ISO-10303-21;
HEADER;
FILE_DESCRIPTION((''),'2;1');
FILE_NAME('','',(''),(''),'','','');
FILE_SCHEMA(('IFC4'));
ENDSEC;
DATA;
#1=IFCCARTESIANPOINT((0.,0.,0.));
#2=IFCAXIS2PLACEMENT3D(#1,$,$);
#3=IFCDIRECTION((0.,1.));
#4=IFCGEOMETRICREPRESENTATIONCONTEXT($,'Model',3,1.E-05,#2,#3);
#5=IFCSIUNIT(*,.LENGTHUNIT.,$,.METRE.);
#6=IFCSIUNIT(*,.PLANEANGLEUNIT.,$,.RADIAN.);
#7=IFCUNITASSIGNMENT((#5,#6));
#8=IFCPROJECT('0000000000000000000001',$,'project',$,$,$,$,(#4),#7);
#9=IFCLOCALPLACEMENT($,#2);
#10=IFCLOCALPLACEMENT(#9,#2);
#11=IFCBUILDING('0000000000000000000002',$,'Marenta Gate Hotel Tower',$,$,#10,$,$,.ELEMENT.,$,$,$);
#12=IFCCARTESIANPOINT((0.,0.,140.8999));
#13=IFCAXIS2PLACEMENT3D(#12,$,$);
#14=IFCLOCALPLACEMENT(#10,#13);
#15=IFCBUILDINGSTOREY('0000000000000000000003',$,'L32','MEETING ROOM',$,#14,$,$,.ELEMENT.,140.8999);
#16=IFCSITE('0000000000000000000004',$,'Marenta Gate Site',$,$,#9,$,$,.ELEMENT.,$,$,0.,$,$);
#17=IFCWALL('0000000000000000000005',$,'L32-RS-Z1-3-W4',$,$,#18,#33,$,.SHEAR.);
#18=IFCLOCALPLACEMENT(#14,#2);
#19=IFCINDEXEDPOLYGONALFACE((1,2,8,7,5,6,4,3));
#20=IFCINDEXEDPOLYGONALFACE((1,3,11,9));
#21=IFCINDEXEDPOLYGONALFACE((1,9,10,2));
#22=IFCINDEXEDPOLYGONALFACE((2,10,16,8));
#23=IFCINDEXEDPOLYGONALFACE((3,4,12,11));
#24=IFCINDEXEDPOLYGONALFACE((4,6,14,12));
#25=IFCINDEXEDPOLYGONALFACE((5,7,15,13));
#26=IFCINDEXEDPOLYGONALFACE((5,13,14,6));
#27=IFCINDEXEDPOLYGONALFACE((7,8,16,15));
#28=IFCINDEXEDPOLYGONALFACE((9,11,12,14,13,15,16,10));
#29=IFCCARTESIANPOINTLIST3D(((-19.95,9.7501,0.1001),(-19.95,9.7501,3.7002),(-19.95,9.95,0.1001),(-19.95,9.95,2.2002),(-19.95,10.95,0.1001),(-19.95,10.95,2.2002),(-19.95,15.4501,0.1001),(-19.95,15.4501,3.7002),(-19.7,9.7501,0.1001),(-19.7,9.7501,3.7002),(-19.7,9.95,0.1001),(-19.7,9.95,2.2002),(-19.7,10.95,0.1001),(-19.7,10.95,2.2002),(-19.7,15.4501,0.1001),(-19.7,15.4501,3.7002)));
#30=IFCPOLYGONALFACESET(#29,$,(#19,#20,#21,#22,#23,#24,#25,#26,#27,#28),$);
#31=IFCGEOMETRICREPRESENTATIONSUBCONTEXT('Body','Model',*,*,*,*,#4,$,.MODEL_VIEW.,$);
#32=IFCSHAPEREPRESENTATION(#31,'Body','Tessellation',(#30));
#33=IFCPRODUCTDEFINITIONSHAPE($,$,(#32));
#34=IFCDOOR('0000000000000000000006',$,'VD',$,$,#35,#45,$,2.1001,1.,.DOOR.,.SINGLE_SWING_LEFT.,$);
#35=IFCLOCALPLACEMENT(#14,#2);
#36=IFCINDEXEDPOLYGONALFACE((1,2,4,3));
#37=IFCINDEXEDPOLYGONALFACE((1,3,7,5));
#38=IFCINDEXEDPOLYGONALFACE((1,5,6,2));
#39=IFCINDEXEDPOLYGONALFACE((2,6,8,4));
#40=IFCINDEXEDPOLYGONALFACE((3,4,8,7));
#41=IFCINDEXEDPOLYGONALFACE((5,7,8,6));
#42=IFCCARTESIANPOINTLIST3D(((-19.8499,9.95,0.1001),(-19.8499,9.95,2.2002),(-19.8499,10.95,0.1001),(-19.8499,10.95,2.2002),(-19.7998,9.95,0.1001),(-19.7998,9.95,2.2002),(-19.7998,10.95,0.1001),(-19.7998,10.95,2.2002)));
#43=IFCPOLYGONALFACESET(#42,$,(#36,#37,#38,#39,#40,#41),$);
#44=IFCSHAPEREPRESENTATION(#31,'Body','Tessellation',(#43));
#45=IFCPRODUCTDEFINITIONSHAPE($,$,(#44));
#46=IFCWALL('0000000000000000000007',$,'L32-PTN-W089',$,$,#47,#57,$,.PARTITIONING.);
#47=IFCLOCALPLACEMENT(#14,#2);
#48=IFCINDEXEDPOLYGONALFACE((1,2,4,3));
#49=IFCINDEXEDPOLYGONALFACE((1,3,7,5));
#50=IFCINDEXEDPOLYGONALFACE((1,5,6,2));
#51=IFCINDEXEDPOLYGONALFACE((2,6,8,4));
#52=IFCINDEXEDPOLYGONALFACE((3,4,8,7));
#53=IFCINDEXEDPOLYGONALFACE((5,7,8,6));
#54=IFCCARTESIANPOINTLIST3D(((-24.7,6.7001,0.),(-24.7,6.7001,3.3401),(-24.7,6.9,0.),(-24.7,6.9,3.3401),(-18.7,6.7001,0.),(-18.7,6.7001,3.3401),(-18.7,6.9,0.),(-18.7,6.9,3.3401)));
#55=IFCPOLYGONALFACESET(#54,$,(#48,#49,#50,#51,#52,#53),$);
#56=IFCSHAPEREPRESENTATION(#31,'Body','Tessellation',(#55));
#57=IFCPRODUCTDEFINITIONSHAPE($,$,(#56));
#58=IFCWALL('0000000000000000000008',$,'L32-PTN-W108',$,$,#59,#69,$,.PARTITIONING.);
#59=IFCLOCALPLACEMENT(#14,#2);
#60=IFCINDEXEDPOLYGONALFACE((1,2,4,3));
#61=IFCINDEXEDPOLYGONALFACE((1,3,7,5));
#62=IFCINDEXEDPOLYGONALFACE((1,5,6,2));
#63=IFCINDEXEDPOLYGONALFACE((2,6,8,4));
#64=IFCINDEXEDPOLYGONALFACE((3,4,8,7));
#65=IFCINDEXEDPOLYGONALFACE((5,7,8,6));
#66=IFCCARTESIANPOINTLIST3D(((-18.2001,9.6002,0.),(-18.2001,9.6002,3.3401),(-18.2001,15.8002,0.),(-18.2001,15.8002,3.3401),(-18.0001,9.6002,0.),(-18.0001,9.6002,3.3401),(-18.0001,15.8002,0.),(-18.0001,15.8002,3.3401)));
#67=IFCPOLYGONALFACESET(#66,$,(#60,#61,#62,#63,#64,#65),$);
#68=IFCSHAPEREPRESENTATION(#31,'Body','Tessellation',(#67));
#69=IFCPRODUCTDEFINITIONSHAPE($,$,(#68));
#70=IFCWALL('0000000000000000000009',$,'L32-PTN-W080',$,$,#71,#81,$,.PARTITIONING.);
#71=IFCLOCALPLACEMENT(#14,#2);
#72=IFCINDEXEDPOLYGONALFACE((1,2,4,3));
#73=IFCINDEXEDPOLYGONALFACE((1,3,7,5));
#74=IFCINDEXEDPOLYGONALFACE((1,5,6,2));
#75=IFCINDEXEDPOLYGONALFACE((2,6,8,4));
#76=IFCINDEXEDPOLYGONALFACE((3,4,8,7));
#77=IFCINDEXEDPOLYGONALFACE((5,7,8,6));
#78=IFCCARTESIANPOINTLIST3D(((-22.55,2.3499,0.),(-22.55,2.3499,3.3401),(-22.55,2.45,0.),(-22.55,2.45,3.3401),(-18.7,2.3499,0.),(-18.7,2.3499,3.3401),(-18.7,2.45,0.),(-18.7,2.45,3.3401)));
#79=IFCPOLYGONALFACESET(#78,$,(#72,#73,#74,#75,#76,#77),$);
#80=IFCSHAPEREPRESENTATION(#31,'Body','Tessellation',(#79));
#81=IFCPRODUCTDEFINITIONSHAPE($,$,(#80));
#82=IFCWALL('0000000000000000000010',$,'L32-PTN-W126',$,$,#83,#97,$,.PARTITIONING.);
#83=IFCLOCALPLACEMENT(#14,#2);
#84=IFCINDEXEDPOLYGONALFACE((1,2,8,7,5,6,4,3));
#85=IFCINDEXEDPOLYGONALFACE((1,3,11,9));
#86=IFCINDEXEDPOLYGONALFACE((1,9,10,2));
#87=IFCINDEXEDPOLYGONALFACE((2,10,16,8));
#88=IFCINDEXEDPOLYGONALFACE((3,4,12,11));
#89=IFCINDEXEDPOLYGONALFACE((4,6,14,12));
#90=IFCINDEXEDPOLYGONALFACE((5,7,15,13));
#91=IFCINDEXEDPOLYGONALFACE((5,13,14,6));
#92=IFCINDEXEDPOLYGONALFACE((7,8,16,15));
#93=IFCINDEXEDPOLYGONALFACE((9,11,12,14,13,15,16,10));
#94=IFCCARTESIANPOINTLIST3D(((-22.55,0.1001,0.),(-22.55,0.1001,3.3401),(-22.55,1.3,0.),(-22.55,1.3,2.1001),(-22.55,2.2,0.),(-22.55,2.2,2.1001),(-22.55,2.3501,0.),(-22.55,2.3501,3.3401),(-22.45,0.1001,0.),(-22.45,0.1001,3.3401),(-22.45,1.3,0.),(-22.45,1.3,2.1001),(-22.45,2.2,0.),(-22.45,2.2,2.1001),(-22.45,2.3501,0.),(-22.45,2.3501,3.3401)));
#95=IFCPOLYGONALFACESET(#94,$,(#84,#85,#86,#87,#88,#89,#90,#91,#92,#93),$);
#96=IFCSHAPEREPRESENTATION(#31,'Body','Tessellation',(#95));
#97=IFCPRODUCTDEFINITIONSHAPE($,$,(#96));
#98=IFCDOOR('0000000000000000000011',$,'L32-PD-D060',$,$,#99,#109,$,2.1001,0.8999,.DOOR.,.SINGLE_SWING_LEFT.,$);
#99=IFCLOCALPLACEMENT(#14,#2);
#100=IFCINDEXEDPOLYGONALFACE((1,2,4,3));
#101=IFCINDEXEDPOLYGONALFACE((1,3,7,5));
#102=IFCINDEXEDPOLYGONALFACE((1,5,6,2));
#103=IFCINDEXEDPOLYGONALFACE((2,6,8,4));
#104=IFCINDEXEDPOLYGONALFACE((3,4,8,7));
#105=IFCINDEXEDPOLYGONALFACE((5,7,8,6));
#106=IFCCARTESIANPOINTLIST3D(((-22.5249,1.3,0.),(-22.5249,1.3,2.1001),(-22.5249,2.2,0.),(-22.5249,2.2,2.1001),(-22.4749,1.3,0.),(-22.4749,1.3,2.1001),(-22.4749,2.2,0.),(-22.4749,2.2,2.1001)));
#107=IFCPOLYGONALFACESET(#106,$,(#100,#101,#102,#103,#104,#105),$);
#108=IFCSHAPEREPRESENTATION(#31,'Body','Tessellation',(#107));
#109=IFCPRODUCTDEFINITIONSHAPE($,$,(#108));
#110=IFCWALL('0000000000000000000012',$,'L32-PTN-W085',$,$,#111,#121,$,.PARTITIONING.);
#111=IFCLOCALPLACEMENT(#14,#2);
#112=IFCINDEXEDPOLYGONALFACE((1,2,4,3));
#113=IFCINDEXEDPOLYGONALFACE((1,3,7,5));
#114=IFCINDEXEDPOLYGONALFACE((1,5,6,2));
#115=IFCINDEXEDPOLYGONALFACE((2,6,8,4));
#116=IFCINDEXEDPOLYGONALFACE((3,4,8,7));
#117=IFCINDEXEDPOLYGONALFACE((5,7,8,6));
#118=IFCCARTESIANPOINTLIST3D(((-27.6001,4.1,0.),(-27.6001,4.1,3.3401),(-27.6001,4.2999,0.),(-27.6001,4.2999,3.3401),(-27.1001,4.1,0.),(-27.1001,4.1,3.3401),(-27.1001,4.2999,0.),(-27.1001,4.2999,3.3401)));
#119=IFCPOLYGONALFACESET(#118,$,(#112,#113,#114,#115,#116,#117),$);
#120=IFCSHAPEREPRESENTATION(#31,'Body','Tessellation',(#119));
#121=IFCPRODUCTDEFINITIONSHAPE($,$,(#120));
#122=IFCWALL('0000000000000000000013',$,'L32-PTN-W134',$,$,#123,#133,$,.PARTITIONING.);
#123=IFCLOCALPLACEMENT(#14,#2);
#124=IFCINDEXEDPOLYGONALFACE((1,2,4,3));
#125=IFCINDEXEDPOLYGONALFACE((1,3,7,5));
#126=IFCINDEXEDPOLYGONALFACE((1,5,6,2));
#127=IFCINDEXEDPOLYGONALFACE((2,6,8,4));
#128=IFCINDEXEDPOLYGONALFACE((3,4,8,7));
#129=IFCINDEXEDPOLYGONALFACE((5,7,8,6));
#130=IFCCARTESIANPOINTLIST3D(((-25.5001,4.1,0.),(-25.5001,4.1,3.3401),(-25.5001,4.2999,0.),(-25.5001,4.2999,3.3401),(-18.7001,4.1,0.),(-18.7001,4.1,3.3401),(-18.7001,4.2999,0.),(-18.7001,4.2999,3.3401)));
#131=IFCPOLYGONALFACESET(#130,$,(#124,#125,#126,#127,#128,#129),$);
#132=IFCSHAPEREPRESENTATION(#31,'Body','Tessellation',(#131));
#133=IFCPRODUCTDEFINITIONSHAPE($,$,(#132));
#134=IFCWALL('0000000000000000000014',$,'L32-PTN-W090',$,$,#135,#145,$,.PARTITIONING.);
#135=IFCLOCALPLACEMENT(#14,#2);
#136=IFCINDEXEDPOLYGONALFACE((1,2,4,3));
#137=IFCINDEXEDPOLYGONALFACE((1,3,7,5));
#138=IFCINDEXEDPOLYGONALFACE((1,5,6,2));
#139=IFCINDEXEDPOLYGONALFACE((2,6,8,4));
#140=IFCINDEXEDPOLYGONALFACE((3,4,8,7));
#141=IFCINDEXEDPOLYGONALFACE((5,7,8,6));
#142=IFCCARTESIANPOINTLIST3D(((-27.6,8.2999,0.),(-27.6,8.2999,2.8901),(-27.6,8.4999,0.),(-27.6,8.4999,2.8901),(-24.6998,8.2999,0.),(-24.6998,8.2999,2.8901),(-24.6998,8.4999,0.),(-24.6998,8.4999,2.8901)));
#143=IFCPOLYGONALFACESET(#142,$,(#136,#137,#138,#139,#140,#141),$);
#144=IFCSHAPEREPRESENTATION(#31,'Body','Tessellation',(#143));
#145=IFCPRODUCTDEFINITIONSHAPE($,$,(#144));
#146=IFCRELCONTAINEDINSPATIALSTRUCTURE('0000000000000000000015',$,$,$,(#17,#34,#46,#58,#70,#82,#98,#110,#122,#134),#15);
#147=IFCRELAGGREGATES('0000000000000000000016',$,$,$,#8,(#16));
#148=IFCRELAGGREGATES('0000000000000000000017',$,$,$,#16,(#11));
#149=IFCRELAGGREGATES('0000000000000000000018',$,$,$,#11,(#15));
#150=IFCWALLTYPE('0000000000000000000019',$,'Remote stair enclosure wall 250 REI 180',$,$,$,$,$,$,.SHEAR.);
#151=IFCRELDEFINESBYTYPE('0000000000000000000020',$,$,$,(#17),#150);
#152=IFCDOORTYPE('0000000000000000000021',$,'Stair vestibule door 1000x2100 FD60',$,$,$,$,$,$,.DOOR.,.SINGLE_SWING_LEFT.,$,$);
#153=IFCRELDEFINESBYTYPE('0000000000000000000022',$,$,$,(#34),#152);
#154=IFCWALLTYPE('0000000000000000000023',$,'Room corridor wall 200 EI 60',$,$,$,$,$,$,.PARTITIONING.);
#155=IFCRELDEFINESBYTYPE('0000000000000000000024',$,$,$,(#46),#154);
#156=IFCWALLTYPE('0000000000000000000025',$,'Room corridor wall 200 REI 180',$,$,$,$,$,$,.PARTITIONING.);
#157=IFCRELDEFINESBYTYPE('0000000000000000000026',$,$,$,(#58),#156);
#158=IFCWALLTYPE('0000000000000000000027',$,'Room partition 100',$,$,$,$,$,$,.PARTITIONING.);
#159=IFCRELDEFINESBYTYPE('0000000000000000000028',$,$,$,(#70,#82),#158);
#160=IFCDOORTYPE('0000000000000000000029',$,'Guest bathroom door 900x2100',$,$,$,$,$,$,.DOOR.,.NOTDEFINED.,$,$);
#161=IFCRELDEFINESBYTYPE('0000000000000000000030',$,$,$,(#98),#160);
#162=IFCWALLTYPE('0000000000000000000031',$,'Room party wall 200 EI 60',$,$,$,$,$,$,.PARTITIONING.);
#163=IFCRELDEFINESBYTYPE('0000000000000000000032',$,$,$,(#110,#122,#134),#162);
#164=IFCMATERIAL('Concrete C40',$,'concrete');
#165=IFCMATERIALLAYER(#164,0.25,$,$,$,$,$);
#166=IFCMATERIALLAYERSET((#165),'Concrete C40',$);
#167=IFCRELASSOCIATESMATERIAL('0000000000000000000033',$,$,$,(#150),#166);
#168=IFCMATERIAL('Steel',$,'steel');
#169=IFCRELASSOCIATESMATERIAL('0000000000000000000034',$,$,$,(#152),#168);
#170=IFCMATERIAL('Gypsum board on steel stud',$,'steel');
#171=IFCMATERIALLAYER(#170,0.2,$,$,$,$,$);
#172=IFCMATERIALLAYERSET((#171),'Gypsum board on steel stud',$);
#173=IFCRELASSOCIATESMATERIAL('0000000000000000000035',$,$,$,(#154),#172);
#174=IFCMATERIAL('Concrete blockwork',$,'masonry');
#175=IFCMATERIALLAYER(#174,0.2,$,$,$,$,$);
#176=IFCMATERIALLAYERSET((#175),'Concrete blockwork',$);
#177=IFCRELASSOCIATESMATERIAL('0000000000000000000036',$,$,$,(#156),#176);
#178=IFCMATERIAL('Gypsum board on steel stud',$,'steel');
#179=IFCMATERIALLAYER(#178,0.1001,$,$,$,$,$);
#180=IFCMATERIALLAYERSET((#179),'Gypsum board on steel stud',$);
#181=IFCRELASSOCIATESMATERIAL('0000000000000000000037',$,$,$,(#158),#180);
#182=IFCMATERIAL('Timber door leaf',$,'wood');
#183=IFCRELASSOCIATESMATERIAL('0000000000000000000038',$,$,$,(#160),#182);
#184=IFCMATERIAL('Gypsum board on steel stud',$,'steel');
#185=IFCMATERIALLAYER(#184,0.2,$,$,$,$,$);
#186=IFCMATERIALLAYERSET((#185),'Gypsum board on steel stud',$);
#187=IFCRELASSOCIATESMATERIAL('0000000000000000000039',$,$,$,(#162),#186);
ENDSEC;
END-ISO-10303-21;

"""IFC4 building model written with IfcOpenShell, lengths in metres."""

from ifc_helpers import new_model, si_unit, direction, frame, frame_2d, origin, place, context, subcontext, project, spatial, rectangle, extrude, material, layer, layer_set, type_object, element, fill, save


model = new_model("IFC4")

# Units and contexts
model_context = context("Model", 3, precision=1e-05, world=origin(), true_north=direction((0.0, 1.0)))
body_context = subcontext(model_context, "Body", "Model", "MODEL_VIEW")
ifc_project = project(units=[si_unit("LENGTHUNIT", "METRE"), si_unit("PLANEANGLEUNIT", "RADIAN")], contexts=[model_context])

# Site, building, storey
site_placement = place(None, origin())
site = spatial("IfcSite", under=ifc_project, at=site_placement, Name="Marenta Gate Site", CompositionType="ELEMENT", RefElevation=0.0)
building_placement = place(site_placement, origin())
building = spatial("IfcBuilding", under=site, at=building_placement, Name="Marenta Gate Hotel Tower", CompositionType="ELEMENT")
storey_placement = place(building_placement, frame((0.0, 0.0, 140.8999)))
storey = spatial("IfcBuildingStorey", under=building, at=storey_placement, Name="L32", Description="MEETING ROOM", CompositionType="ELEMENT", Elevation=140.8999)

# Shared definitions
ifc_material_1 = material(Name="Concrete C40", Category="concrete")
ifc_layer_1 = layer(ifc_material_1, 0.25)
ifc_layer_set_1 = layer_set([ifc_layer_1], Name="Concrete C40")
wall_type_1 = type_object("IfcWallType", Name="Remote stair enclosure wall 250 REI 180", PredefinedType="SHEAR", material=ifc_layer_set_1)

# Wall, opening, door
wall_1_placement = place(storey_placement, frame((-19.825, 9.75, 0.1001), z_axis=(0.0, 0.0, 1.0), x_axis=(0.0, 1.0, 0.0)))
wall_1 = element("IfcWall", 1, at=wall_1_placement, inside=storey, type_object=wall_type_1, Name="L32-RS-Z1-3-W4", PredefinedType="SHEAR", context=body_context, shape_type="SweptSolid", body=[
    extrude(rectangle(XDim=5.7, YDim=0.25, at=frame_2d((2.8501, 0.0))), origin(), (0.0, 0.0, 1.0), 3.6001),
])
opening_1_placement = place(wall_1_placement, frame((0.2, 0.0, 0.0)))
opening_1 = element("IfcOpeningElement", 2, at=opening_1_placement, cuts=wall_1, PredefinedType="OPENING", context=body_context, shape_type="SweptSolid", body=[
    extrude(rectangle(XDim=1.0, YDim=2.1001, at=frame_2d((0.5, 1.05))), frame((0.0, 0.125, 0.0), z_axis=(0.0, -1.0, 0.0), x_axis=(1.0, 0.0, 0.0)), (0.0, 0.0, 1.0), 0.25),
])
ifc_material_2 = material(Name="Steel", Category="steel")
door_type_1 = type_object("IfcDoorType", Name="Stair vestibule door 1000x2100 FD60", OperationType="SINGLE_SWING_LEFT", PredefinedType="DOOR", material=ifc_material_2)
door_1_placement = place(opening_1_placement, origin())
door_1 = element("IfcDoor", 3, at=door_1_placement, inside=storey, type_object=door_type_1, Name="VD", OperationType="SINGLE_SWING_LEFT", OverallHeight=2.1001, OverallWidth=1.0, PredefinedType="DOOR", context=body_context, shape_type="SweptSolid", body=[
    extrude(rectangle(XDim=1.0, YDim=2.1001, at=frame_2d((0.5, 1.05))), frame((0.0, 0.0249, 0.0), z_axis=(0.0, -1.0, 0.0), x_axis=(1.0, 0.0, 0.0)), (0.0, 0.0, 1.0), 0.05),
])
fill(opening_1, door_1)

# Wall
ifc_material_3 = material(Name="Gypsum board on steel stud", Category="steel")
ifc_layer_2 = layer(ifc_material_3, 0.2)
ifc_layer_set_2 = layer_set([ifc_layer_2], Name="Gypsum board on steel stud")
wall_type_2 = type_object("IfcWallType", Name="Room corridor wall 200 EI 60", PredefinedType="PARTITIONING", material=ifc_layer_set_2)
wall_2_placement = place(storey_placement, frame((-24.7, 6.8, 0.0), z_axis=(0.0, 0.0, 1.0), x_axis=(1.0, 0.0, 0.0)))
element("IfcWall", 4, at=wall_2_placement, inside=storey, type_object=wall_type_2, Name="L32-PTN-W089", PredefinedType="PARTITIONING", context=body_context, shape_type="SweptSolid", body=[
    extrude(rectangle(XDim=6.0, YDim=0.2, at=frame_2d((3.0, 0.0))), origin(), (0.0, 0.0, 1.0), 3.3401),
])

# Shared definitions
ifc_material_4 = material(Name="Concrete blockwork", Category="masonry")
ifc_layer_3 = layer(ifc_material_4, 0.2)
ifc_layer_set_3 = layer_set([ifc_layer_3], Name="Concrete blockwork")
wall_type_3 = type_object("IfcWallType", Name="Room corridor wall 200 REI 180", PredefinedType="PARTITIONING", material=ifc_layer_set_3)

# Walls
wall_3_placement = place(storey_placement, frame((-18.1001, 9.6001, 0.0), z_axis=(0.0, 0.0, 1.0), x_axis=(0.0, 1.0, 0.0)))
element("IfcWall", 5, at=wall_3_placement, inside=storey, type_object=wall_type_3, Name="L32-PTN-W108", PredefinedType="PARTITIONING", context=body_context, shape_type="SweptSolid", body=[
    extrude(rectangle(XDim=6.2, YDim=0.2, at=frame_2d((3.1001, 0.0))), origin(), (0.0, 0.0, 1.0), 3.3401),
])
ifc_material_5 = material(Name="Gypsum board on steel stud", Category="steel")
ifc_layer_4 = layer(ifc_material_5, 0.1001)
ifc_layer_set_4 = layer_set([ifc_layer_4], Name="Gypsum board on steel stud")
wall_type_4 = type_object("IfcWallType", Name="Room partition 100", PredefinedType="PARTITIONING", material=ifc_layer_set_4)
wall_4_placement = place(storey_placement, frame((-22.55, 2.3999, 0.0), z_axis=(0.0, 0.0, 1.0), x_axis=(1.0, 0.0, 0.0)))
element("IfcWall", 6, at=wall_4_placement, inside=storey, type_object=wall_type_4, Name="L32-PTN-W080", PredefinedType="PARTITIONING", context=body_context, shape_type="SweptSolid", body=[
    extrude(rectangle(XDim=3.8501, YDim=0.1001, at=frame_2d((1.925, 0.0))), origin(), (0.0, 0.0, 1.0), 3.3401),
])

# Wall, opening, door
wall_5_placement = place(storey_placement, frame((-22.5, 0.1001, 0.0), z_axis=(0.0, 0.0, 1.0), x_axis=(0.0, 1.0, 0.0)))
wall_5 = element("IfcWall", 7, at=wall_5_placement, inside=storey, type_object=wall_type_4, Name="L32-PTN-W126", PredefinedType="PARTITIONING", context=body_context, shape_type="SweptSolid", body=[
    extrude(rectangle(XDim=2.25, YDim=0.1001, at=frame_2d((1.125, 0.0))), origin(), (0.0, 0.0, 1.0), 3.3401),
])
opening_2_placement = place(wall_5_placement, frame((1.2, 0.0, 0.0)))
opening_2 = element("IfcOpeningElement", 8, at=opening_2_placement, cuts=wall_5, PredefinedType="OPENING", context=body_context, shape_type="SweptSolid", body=[
    extrude(rectangle(XDim=0.8999, YDim=2.1001, at=frame_2d((0.45, 1.05))), frame((0.0, 0.05, 0.0), z_axis=(0.0, -1.0, 0.0), x_axis=(1.0, 0.0, 0.0)), (0.0, 0.0, 1.0), 0.1001),
])
ifc_material_6 = material(Name="Timber door leaf", Category="wood")
door_type_2 = type_object("IfcDoorType", Name="Guest bathroom door 900x2100", OperationType="NOTDEFINED", PredefinedType="DOOR", material=ifc_material_6)
door_2_placement = place(opening_2_placement, origin())
door_2 = element("IfcDoor", 9, at=door_2_placement, inside=storey, type_object=door_type_2, Name="L32-PD-D060", OperationType="SINGLE_SWING_LEFT", OverallHeight=2.1001, OverallWidth=0.8999, PredefinedType="DOOR", context=body_context, shape_type="SweptSolid", body=[
    extrude(rectangle(XDim=0.8999, YDim=2.1001, at=frame_2d((0.45, 1.05))), frame((0.0, 0.0249, 0.0), z_axis=(0.0, -1.0, 0.0), x_axis=(1.0, 0.0, 0.0)), (0.0, 0.0, 1.0), 0.05),
])
fill(opening_2, door_2)

# Walls
ifc_material_7 = material(Name="Gypsum board on steel stud", Category="steel")
ifc_layer_5 = layer(ifc_material_7, 0.2)
ifc_layer_set_5 = layer_set([ifc_layer_5], Name="Gypsum board on steel stud")
wall_type_5 = type_object("IfcWallType", Name="Room party wall 200 EI 60", PredefinedType="PARTITIONING", material=ifc_layer_set_5)
wall_6_placement = place(storey_placement, frame((-27.6001, 4.2, 0.0), z_axis=(0.0, 0.0, 1.0), x_axis=(1.0, 0.0, 0.0)))
element("IfcWall", 10, at=wall_6_placement, inside=storey, type_object=wall_type_5, Name="L32-PTN-W085", PredefinedType="PARTITIONING", context=body_context, shape_type="SweptSolid", body=[
    extrude(rectangle(XDim=0.5, YDim=0.2, at=frame_2d((0.25, 0.0))), origin(), (0.0, 0.0, 1.0), 3.3401),
])
wall_7_placement = place(storey_placement, frame((-25.5, 4.2, 0.0), z_axis=(0.0, 0.0, 1.0), x_axis=(1.0, 0.0, 0.0)))
element("IfcWall", 11, at=wall_7_placement, inside=storey, type_object=wall_type_5, Name="L32-PTN-W134", PredefinedType="PARTITIONING", context=body_context, shape_type="SweptSolid", body=[
    extrude(rectangle(XDim=6.8, YDim=0.2, at=frame_2d((3.3999, 0.0))), origin(), (0.0, 0.0, 1.0), 3.3401),
])
wall_8_placement = place(storey_placement, frame((-27.6001, 8.3999, 0.0), z_axis=(0.0, 0.0, 1.0), x_axis=(1.0, 0.0, 0.0)))
element("IfcWall", 12, at=wall_8_placement, inside=storey, type_object=wall_type_5, Name="L32-PTN-W090", PredefinedType="PARTITIONING", context=body_context, shape_type="SweptSolid", body=[
    extrude(rectangle(XDim=2.9001, YDim=0.2, at=frame_2d((1.4502, 0.0))), origin(), (0.0, 0.0, 1.0), 2.8901),
])

save(model, "model.ifc")
